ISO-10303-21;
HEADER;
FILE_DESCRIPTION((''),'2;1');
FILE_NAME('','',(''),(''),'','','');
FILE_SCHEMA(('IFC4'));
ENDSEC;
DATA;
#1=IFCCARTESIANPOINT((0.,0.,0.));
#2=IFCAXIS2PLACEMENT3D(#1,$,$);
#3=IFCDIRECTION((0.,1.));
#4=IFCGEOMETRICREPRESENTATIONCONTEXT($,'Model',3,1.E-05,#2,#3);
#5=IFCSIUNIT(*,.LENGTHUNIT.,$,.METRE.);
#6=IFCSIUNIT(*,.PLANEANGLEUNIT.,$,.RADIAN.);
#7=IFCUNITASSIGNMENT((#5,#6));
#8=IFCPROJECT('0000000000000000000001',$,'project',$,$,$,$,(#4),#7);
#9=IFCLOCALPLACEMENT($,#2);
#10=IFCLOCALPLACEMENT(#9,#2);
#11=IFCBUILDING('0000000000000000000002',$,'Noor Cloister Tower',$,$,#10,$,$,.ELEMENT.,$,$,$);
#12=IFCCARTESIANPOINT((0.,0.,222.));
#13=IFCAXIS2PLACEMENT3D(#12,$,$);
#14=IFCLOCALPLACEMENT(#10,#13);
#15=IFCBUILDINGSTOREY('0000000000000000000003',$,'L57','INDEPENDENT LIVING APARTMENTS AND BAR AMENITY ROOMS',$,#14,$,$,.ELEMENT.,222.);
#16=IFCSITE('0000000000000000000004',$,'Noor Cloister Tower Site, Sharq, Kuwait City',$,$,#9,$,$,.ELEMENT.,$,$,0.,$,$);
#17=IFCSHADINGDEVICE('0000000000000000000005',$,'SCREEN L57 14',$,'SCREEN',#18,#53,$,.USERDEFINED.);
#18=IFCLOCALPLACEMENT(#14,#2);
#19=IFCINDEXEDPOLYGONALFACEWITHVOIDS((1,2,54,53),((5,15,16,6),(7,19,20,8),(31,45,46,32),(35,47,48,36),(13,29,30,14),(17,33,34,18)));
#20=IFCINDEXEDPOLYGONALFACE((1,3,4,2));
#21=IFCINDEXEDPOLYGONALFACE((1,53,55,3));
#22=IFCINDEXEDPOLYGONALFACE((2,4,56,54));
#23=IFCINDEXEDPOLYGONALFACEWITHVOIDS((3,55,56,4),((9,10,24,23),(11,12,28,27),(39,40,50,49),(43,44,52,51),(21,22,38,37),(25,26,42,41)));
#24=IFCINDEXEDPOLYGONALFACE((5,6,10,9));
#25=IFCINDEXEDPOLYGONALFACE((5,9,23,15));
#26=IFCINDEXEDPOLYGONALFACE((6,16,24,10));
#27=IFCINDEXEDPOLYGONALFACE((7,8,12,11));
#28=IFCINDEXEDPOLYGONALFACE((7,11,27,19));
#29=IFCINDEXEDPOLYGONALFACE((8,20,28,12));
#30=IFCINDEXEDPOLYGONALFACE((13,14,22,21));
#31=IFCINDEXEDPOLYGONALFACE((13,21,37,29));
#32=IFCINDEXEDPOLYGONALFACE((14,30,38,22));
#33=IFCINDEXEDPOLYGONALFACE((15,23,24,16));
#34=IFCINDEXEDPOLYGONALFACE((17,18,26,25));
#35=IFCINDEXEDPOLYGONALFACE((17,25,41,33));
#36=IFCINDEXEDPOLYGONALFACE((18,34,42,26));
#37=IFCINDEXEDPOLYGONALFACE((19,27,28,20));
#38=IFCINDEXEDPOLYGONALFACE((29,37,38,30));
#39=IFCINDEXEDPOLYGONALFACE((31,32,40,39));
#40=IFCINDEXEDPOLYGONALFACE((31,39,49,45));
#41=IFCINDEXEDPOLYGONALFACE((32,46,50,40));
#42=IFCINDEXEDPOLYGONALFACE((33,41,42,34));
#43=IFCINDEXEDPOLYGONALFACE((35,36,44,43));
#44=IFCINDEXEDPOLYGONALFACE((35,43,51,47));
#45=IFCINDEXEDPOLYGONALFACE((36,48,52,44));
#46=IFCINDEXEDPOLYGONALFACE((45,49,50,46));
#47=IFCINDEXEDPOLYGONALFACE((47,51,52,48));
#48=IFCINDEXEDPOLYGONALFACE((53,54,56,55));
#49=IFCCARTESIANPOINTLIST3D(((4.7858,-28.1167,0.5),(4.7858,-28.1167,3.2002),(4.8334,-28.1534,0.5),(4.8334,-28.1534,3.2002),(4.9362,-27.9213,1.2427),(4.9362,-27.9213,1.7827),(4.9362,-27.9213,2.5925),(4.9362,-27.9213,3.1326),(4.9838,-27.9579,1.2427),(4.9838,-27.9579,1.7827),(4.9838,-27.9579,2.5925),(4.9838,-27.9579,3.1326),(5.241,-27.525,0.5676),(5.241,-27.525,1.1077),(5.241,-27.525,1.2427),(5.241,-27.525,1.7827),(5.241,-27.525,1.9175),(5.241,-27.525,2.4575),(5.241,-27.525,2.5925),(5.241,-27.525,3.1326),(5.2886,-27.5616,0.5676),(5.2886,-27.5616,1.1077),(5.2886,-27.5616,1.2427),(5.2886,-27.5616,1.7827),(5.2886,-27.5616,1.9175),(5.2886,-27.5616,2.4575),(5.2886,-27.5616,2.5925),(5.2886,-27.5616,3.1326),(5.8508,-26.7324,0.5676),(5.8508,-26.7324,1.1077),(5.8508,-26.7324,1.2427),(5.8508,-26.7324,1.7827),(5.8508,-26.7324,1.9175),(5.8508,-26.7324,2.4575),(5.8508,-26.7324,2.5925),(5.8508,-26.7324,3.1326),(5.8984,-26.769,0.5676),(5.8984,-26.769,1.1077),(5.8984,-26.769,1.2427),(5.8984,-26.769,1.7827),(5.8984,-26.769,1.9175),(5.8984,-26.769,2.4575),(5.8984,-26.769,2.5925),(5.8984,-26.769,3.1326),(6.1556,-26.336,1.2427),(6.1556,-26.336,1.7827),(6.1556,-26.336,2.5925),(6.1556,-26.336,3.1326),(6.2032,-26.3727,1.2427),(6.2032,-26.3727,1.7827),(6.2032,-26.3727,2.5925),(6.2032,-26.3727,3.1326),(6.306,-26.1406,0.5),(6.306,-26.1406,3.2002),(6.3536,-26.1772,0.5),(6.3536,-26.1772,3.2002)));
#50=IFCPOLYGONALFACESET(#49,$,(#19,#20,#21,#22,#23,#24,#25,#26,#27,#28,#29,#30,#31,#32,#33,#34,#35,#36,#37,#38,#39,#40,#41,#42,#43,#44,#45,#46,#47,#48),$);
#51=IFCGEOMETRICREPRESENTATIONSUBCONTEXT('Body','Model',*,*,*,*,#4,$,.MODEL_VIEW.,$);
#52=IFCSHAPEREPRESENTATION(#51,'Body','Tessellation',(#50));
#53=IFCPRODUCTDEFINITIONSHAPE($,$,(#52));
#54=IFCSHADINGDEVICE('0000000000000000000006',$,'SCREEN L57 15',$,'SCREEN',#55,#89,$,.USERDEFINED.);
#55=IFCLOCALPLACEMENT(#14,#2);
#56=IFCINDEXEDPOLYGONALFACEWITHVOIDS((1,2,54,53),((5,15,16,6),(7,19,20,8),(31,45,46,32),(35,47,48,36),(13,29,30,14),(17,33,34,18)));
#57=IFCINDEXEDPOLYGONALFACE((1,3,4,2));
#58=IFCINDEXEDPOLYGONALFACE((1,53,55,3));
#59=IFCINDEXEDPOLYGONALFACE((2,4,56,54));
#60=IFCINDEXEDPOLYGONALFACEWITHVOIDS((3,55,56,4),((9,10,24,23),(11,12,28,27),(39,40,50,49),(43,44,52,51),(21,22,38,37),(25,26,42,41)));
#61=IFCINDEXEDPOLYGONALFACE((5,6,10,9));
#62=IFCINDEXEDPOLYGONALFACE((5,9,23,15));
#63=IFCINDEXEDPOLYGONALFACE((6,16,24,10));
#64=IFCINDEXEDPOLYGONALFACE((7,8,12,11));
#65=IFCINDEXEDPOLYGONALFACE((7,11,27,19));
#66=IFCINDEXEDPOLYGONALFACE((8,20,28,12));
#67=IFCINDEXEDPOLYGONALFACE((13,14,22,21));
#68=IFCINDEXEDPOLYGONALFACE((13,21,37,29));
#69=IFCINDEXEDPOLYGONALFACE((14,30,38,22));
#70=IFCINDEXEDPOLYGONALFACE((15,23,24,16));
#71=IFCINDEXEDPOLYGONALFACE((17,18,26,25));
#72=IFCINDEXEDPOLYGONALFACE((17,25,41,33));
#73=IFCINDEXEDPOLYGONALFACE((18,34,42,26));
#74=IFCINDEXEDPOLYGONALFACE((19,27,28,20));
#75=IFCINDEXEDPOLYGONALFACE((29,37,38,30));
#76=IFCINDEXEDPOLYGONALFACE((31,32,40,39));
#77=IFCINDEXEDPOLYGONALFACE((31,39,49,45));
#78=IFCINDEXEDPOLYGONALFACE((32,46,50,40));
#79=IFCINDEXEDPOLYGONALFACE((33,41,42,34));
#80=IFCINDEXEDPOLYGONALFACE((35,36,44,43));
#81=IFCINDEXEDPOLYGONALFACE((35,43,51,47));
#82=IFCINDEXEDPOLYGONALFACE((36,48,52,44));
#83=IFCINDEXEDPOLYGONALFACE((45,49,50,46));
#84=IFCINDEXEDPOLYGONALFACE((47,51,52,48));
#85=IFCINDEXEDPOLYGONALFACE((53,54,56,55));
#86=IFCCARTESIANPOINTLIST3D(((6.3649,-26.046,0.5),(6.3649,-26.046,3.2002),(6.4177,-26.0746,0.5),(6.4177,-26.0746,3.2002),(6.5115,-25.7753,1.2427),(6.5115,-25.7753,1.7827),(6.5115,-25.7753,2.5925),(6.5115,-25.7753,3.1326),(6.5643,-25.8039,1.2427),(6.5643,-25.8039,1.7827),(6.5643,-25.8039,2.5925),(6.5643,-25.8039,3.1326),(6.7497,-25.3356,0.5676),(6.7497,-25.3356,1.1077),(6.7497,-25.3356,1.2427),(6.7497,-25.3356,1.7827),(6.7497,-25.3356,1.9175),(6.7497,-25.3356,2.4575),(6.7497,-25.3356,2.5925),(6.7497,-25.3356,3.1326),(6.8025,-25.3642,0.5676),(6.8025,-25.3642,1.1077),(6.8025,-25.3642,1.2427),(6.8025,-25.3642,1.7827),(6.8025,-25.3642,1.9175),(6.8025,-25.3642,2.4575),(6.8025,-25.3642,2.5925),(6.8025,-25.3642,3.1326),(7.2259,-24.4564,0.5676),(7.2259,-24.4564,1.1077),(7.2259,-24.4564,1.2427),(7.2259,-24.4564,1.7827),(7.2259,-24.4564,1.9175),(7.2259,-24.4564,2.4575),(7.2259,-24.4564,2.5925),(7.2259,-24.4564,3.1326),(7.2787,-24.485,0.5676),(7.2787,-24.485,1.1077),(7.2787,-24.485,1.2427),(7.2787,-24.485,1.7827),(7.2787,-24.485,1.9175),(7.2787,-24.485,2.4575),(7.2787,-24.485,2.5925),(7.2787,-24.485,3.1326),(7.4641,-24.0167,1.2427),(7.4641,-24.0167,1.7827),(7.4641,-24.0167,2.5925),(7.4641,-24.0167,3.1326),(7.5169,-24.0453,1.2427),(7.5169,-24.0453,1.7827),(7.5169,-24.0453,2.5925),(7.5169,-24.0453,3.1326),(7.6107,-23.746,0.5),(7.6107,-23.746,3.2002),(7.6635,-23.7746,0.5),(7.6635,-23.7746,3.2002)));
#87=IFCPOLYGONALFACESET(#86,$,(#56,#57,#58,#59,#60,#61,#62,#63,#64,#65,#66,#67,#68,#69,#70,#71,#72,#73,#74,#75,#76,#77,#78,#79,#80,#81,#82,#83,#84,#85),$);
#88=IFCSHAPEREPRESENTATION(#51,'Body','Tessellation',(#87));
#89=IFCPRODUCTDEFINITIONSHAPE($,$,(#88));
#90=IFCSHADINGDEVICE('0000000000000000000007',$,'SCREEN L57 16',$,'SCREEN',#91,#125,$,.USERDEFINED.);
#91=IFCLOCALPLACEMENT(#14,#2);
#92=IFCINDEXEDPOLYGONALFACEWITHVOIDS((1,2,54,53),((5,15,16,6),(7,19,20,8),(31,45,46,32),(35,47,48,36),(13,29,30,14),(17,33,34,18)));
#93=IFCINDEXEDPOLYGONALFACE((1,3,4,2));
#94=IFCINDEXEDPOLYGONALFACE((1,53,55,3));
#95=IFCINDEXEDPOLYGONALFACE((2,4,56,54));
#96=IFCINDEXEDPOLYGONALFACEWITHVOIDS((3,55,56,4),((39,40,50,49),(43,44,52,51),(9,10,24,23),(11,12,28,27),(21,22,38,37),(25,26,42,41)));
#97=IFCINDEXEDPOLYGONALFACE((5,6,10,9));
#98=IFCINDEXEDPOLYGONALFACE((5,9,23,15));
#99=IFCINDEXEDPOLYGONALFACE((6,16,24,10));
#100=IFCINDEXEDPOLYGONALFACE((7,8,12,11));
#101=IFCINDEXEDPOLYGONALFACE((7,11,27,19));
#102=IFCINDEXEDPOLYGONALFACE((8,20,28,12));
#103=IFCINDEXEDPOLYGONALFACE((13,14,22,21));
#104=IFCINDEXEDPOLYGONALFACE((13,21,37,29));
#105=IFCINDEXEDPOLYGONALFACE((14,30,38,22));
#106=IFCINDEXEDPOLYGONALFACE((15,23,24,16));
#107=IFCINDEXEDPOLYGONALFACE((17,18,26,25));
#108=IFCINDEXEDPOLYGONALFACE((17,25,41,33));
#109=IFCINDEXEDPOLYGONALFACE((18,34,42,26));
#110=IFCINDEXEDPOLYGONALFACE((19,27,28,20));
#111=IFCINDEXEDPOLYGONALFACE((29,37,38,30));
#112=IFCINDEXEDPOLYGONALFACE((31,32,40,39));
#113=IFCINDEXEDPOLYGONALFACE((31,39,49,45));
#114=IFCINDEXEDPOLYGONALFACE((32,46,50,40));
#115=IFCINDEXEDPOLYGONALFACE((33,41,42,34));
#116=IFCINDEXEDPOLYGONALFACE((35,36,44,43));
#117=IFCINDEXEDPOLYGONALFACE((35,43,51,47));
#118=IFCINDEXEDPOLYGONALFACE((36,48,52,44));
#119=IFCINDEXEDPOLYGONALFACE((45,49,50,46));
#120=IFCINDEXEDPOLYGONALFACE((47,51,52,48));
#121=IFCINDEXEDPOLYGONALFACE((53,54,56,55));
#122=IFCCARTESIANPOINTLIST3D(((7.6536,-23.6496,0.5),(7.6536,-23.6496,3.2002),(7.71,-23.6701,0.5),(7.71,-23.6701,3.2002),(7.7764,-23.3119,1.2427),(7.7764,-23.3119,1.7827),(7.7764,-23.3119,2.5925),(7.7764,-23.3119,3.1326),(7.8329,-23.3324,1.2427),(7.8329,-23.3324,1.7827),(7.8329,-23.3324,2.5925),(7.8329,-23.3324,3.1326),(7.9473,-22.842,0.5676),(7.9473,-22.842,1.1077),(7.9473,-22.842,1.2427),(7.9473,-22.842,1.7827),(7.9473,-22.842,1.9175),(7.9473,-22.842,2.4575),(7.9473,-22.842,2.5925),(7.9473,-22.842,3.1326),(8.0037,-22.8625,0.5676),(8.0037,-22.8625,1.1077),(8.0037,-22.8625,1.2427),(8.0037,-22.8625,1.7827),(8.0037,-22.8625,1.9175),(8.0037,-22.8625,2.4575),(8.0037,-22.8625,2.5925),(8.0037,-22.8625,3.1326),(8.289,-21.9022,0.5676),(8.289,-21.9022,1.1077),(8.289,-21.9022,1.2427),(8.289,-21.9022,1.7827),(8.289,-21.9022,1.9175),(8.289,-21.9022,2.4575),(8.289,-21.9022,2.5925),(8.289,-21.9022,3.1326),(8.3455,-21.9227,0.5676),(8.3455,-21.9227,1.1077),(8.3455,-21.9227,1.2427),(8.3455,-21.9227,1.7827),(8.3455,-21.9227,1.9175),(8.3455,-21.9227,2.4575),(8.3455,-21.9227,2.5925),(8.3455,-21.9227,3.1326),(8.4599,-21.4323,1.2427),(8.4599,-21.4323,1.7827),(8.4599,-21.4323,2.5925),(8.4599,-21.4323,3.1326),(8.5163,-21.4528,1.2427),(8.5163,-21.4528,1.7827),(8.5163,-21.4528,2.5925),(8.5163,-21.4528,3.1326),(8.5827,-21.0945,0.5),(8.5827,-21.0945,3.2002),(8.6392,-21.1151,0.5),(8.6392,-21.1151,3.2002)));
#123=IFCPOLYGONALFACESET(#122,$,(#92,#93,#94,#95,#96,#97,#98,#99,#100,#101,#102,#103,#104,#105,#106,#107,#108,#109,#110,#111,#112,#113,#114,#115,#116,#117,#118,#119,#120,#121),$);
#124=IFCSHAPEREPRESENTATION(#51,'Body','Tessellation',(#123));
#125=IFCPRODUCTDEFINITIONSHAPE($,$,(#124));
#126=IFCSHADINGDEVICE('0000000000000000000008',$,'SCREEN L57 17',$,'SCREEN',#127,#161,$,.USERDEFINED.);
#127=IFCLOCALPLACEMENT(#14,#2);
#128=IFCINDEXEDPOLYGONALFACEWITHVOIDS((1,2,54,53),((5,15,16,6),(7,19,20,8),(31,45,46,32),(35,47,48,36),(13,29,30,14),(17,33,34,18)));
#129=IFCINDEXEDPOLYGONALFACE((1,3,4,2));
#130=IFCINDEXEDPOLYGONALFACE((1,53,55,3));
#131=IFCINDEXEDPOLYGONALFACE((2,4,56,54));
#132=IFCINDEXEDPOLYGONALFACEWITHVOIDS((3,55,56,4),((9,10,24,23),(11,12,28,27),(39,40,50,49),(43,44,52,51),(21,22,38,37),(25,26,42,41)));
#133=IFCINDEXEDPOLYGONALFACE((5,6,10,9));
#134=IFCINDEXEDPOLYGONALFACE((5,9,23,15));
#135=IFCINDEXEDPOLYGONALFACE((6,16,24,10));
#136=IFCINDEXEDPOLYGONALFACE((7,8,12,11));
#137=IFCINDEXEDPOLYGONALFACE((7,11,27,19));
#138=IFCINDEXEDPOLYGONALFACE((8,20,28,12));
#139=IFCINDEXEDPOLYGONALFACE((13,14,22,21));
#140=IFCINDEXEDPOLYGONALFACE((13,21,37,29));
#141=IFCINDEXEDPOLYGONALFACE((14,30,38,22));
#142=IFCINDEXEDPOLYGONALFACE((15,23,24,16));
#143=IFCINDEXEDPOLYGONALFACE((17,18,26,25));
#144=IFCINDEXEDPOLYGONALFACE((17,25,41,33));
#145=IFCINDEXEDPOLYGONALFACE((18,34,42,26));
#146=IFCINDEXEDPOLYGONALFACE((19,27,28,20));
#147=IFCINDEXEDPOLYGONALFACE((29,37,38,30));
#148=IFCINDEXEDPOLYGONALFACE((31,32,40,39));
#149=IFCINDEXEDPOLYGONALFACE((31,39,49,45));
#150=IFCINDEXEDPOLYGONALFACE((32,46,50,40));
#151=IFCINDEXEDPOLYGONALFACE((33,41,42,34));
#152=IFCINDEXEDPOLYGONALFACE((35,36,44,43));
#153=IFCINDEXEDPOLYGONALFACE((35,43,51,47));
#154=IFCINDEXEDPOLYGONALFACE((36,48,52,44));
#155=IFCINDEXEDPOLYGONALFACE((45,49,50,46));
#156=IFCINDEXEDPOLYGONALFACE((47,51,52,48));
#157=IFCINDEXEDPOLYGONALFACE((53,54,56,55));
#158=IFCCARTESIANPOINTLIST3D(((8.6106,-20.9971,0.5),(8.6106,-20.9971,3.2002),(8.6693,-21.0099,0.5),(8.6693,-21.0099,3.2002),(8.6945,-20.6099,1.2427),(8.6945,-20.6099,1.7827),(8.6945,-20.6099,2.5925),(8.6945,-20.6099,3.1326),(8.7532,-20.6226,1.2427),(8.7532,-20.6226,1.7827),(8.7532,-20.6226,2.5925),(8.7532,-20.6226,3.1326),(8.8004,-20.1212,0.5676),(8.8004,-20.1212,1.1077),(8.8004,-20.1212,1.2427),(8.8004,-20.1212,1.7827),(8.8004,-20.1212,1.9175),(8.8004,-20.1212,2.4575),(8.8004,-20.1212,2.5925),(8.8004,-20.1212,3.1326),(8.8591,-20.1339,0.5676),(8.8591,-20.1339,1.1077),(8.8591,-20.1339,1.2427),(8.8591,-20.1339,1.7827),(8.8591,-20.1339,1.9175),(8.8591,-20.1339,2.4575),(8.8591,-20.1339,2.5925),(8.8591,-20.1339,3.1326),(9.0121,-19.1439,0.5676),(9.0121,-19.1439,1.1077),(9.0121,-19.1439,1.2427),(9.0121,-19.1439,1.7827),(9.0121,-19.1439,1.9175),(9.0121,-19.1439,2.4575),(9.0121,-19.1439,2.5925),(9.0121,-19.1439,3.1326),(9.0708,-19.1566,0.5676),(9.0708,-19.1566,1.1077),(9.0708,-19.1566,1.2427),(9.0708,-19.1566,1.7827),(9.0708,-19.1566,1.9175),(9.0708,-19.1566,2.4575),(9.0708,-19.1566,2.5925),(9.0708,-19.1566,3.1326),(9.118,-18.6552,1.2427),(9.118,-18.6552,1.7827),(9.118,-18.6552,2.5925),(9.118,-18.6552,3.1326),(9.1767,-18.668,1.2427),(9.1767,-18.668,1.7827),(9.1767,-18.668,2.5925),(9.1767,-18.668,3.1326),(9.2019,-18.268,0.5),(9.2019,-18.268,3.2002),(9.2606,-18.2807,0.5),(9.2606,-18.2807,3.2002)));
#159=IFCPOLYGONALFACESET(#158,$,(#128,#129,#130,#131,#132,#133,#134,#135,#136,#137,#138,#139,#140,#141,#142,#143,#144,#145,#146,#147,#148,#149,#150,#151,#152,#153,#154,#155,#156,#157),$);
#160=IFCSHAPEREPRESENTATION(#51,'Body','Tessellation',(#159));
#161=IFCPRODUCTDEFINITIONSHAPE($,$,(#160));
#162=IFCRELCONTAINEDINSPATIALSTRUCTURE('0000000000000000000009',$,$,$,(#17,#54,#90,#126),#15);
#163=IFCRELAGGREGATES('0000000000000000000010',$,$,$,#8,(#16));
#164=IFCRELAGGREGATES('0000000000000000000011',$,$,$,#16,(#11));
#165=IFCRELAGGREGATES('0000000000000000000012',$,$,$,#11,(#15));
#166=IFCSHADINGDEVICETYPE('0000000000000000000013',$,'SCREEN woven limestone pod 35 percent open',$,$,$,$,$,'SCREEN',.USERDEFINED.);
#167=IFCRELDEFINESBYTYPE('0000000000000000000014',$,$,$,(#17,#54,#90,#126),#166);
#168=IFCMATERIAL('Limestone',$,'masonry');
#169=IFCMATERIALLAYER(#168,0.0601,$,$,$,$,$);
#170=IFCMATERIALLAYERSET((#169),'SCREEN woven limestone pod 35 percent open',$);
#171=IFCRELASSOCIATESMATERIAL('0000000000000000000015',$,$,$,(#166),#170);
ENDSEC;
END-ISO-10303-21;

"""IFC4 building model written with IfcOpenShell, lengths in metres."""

from ifc_helpers import new_model, si_unit, direction, frame, origin, place, context, subcontext, project, spatial, polyline, outline, extrude, material, layer, layer_set, type_object, element, save


model = new_model("IFC4")

# Units and contexts
model_context = context("Model", 3, precision=1e-05, world=origin(), true_north=direction((0.0, 1.0)))
body_context = subcontext(model_context, "Body", "Model", "MODEL_VIEW")
ifc_project = project(units=[si_unit("LENGTHUNIT", "METRE"), si_unit("PLANEANGLEUNIT", "RADIAN")], contexts=[model_context])

# Site, building, storey
site_placement = place(None, origin())
site = spatial("IfcSite", under=ifc_project, at=site_placement, Name="Noor Cloister Tower Site, Sharq, Kuwait City", CompositionType="ELEMENT", RefElevation=0.0)
building_placement = place(site_placement, origin())
building = spatial("IfcBuilding", under=site, at=building_placement, Name="Noor Cloister Tower", CompositionType="ELEMENT")
storey_placement = place(building_placement, frame((0.0, 0.0, 222.0)))
storey = spatial("IfcBuildingStorey", under=building, at=storey_placement, Name="L57", Description="INDEPENDENT LIVING APARTMENTS AND BAR AMENITY ROOMS", CompositionType="ELEMENT", Elevation=222.0)

# Shading devices
ifc_material_1 = material(Name="Limestone", Category="masonry")
ifc_layer_1 = layer(ifc_material_1, 0.0601)
ifc_layer_set_1 = layer_set([ifc_layer_1], Name="SCREEN woven limestone pod 35 percent open")
shading_device_type = type_object("IfcShadingDeviceType", Name="SCREEN woven limestone pod 35 percent open", ElementType="SCREEN", PredefinedType="USERDEFINED", material=ifc_layer_set_1)
shading_device_1_placement = place(storey_placement, frame((5.5459, -27.1287, 1.8501), z_axis=(0.792624, -0.609711, 0.0), x_axis=(0.609711, 0.792624, 0.0)))
element("IfcShadingDevice", 1, at=shading_device_1_placement, inside=storey, type_object=shading_device_type, Name="SCREEN L57 14", ObjectType="SCREEN", PredefinedType="USERDEFINED", context=body_context, shape_type="SweptSolid", body=[
    extrude(outline(polyline([(-1.2466, -1.3501), (1.2466, -1.3501), (1.2466, 1.3501), (-1.2466, 1.3501), (-1.2466, -1.3501)]), holes=[polyline([(-0.5, -1.2825), (0.5, -1.2825), (0.5, -0.7424), (-0.5, -0.7424), (-0.5, -1.2825)]), polyline([(-1.0, -0.6074), (-0.5, -0.6074), (-0.5, -0.0674), (-1.0, -0.0674), (-1.0, -0.6074)]), polyline([(0.5, -0.6074), (1.0, -0.6074), (1.0, -0.0674), (0.5, -0.0674), (0.5, -0.6074)]), polyline([(-0.5, 0.0674), (0.5, 0.0674), (0.5, 0.6074), (-0.5, 0.6074), (-0.5, 0.0674)]), polyline([(-1.0, 0.7424), (-0.5, 0.7424), (-0.5, 1.2825), (-1.0, 1.2825), (-1.0, 0.7424)]), polyline([(0.5, 0.7424), (1.0, 0.7424), (1.0, 1.2825), (0.5, 1.2825), (0.5, 0.7424)])]), origin(), (0.0, 0.0, 1.0), 0.0601),
])
shading_device_2_placement = place(storey_placement, frame((6.9878, -24.896, 1.8501), z_axis=(0.879292, -0.476283, 0.0), x_axis=(0.476283, 0.879292, 0.0)))
element("IfcShadingDevice", 2, at=shading_device_2_placement, inside=storey, type_object=shading_device_type, Name="SCREEN L57 15", ObjectType="SCREEN", PredefinedType="USERDEFINED", context=body_context, shape_type="SweptSolid", body=[
    extrude(outline(polyline([(-1.3079, -1.3501), (1.3079, -1.3501), (1.3079, 1.3501), (-1.3079, 1.3501), (-1.3079, -1.3501)]), holes=[polyline([(-0.5, -1.2825), (0.5, -1.2825), (0.5, -0.7424), (-0.5, -0.7424), (-0.5, -1.2825)]), polyline([(-1.0, -0.6074), (-0.5, -0.6074), (-0.5, -0.0674), (-1.0, -0.0674), (-1.0, -0.6074)]), polyline([(0.5, -0.6074), (1.0, -0.6074), (1.0, -0.0674), (0.5, -0.0674), (0.5, -0.6074)]), polyline([(-0.5, 0.0674), (0.5, 0.0674), (0.5, 0.6074), (-0.5, 0.6074), (-0.5, 0.0674)]), polyline([(-1.0, 0.7424), (-0.5, 0.7424), (-0.5, 1.2825), (-1.0, 1.2825), (-1.0, 0.7424)]), polyline([(0.5, 0.7424), (1.0, 0.7424), (1.0, 1.2825), (0.5, 1.2825), (0.5, 0.7424)])]), origin(), (0.0, 0.0, 1.0), 0.0601),
])
shading_device_3_placement = place(storey_placement, frame((8.1182, -22.3721, 1.8501), z_axis=(0.939793, -0.341743, 0.0), x_axis=(0.341743, 0.939793, 0.0)))
element("IfcShadingDevice", 3, at=shading_device_3_placement, inside=storey, type_object=shading_device_type, Name="SCREEN L57 16", ObjectType="SCREEN", PredefinedType="USERDEFINED", context=body_context, shape_type="SweptSolid", body=[
    extrude(outline(polyline([(-1.3594, -1.3501), (1.3594, -1.3501), (1.3594, 1.3501), (-1.3594, 1.3501), (-1.3594, -1.3501)]), holes=[polyline([(-0.5, -1.2825), (0.5, -1.2825), (0.5, -0.7424), (-0.5, -0.7424), (-0.5, -1.2825)]), polyline([(-1.0, -0.6074), (-0.5, -0.6074), (-0.5, -0.0674), (-1.0, -0.0674), (-1.0, -0.6074)]), polyline([(0.5, -0.6074), (1.0, -0.6074), (1.0, -0.0674), (0.5, -0.0674), (0.5, -0.6074)]), polyline([(-0.5, 0.0674), (0.5, 0.0674), (0.5, 0.6074), (-0.5, 0.6074), (-0.5, 0.0674)]), polyline([(-1.0, 0.7424), (-0.5, 0.7424), (-0.5, 1.2825), (-1.0, 1.2825), (-1.0, 0.7424)]), polyline([(0.5, 0.7424), (1.0, 0.7424), (1.0, 1.2825), (0.5, 1.2825), (0.5, 0.7424)])]), origin(), (0.0, 0.0, 1.0), 0.0601),
])
shading_device_4_placement = place(storey_placement, frame((8.9062, -19.6326, 1.8501), z_axis=(0.977323, -0.211753, 0.0), x_axis=(0.211753, 0.977323, 0.0)))
element("IfcShadingDevice", 4, at=shading_device_4_placement, inside=storey, type_object=shading_device_type, Name="SCREEN L57 17", ObjectType="SCREEN", PredefinedType="USERDEFINED", context=body_context, shape_type="SweptSolid", body=[
    extrude(outline(polyline([(-1.3962, -1.3501), (1.3962, -1.3501), (1.3962, 1.3501), (-1.3962, 1.3501), (-1.3962, -1.3501)]), holes=[polyline([(-0.5, -1.2825), (0.5, -1.2825), (0.5, -0.7424), (-0.5, -0.7424), (-0.5, -1.2825)]), polyline([(-1.0, -0.6074), (-0.5, -0.6074), (-0.5, -0.0674), (-1.0, -0.0674), (-1.0, -0.6074)]), polyline([(0.5, -0.6074), (1.0, -0.6074), (1.0, -0.0674), (0.5, -0.0674), (0.5, -0.6074)]), polyline([(-0.5, 0.0674), (0.5, 0.0674), (0.5, 0.6074), (-0.5, 0.6074), (-0.5, 0.0674)]), polyline([(-1.0, 0.7424), (-0.5, 0.7424), (-0.5, 1.2825), (-1.0, 1.2825), (-1.0, 0.7424)]), polyline([(0.5, 0.7424), (1.0, 0.7424), (1.0, 1.2825), (0.5, 1.2825), (0.5, 0.7424)])]), origin(), (0.0, 0.0, 1.0), 0.0601),
])

save(model, "model.ifc")
